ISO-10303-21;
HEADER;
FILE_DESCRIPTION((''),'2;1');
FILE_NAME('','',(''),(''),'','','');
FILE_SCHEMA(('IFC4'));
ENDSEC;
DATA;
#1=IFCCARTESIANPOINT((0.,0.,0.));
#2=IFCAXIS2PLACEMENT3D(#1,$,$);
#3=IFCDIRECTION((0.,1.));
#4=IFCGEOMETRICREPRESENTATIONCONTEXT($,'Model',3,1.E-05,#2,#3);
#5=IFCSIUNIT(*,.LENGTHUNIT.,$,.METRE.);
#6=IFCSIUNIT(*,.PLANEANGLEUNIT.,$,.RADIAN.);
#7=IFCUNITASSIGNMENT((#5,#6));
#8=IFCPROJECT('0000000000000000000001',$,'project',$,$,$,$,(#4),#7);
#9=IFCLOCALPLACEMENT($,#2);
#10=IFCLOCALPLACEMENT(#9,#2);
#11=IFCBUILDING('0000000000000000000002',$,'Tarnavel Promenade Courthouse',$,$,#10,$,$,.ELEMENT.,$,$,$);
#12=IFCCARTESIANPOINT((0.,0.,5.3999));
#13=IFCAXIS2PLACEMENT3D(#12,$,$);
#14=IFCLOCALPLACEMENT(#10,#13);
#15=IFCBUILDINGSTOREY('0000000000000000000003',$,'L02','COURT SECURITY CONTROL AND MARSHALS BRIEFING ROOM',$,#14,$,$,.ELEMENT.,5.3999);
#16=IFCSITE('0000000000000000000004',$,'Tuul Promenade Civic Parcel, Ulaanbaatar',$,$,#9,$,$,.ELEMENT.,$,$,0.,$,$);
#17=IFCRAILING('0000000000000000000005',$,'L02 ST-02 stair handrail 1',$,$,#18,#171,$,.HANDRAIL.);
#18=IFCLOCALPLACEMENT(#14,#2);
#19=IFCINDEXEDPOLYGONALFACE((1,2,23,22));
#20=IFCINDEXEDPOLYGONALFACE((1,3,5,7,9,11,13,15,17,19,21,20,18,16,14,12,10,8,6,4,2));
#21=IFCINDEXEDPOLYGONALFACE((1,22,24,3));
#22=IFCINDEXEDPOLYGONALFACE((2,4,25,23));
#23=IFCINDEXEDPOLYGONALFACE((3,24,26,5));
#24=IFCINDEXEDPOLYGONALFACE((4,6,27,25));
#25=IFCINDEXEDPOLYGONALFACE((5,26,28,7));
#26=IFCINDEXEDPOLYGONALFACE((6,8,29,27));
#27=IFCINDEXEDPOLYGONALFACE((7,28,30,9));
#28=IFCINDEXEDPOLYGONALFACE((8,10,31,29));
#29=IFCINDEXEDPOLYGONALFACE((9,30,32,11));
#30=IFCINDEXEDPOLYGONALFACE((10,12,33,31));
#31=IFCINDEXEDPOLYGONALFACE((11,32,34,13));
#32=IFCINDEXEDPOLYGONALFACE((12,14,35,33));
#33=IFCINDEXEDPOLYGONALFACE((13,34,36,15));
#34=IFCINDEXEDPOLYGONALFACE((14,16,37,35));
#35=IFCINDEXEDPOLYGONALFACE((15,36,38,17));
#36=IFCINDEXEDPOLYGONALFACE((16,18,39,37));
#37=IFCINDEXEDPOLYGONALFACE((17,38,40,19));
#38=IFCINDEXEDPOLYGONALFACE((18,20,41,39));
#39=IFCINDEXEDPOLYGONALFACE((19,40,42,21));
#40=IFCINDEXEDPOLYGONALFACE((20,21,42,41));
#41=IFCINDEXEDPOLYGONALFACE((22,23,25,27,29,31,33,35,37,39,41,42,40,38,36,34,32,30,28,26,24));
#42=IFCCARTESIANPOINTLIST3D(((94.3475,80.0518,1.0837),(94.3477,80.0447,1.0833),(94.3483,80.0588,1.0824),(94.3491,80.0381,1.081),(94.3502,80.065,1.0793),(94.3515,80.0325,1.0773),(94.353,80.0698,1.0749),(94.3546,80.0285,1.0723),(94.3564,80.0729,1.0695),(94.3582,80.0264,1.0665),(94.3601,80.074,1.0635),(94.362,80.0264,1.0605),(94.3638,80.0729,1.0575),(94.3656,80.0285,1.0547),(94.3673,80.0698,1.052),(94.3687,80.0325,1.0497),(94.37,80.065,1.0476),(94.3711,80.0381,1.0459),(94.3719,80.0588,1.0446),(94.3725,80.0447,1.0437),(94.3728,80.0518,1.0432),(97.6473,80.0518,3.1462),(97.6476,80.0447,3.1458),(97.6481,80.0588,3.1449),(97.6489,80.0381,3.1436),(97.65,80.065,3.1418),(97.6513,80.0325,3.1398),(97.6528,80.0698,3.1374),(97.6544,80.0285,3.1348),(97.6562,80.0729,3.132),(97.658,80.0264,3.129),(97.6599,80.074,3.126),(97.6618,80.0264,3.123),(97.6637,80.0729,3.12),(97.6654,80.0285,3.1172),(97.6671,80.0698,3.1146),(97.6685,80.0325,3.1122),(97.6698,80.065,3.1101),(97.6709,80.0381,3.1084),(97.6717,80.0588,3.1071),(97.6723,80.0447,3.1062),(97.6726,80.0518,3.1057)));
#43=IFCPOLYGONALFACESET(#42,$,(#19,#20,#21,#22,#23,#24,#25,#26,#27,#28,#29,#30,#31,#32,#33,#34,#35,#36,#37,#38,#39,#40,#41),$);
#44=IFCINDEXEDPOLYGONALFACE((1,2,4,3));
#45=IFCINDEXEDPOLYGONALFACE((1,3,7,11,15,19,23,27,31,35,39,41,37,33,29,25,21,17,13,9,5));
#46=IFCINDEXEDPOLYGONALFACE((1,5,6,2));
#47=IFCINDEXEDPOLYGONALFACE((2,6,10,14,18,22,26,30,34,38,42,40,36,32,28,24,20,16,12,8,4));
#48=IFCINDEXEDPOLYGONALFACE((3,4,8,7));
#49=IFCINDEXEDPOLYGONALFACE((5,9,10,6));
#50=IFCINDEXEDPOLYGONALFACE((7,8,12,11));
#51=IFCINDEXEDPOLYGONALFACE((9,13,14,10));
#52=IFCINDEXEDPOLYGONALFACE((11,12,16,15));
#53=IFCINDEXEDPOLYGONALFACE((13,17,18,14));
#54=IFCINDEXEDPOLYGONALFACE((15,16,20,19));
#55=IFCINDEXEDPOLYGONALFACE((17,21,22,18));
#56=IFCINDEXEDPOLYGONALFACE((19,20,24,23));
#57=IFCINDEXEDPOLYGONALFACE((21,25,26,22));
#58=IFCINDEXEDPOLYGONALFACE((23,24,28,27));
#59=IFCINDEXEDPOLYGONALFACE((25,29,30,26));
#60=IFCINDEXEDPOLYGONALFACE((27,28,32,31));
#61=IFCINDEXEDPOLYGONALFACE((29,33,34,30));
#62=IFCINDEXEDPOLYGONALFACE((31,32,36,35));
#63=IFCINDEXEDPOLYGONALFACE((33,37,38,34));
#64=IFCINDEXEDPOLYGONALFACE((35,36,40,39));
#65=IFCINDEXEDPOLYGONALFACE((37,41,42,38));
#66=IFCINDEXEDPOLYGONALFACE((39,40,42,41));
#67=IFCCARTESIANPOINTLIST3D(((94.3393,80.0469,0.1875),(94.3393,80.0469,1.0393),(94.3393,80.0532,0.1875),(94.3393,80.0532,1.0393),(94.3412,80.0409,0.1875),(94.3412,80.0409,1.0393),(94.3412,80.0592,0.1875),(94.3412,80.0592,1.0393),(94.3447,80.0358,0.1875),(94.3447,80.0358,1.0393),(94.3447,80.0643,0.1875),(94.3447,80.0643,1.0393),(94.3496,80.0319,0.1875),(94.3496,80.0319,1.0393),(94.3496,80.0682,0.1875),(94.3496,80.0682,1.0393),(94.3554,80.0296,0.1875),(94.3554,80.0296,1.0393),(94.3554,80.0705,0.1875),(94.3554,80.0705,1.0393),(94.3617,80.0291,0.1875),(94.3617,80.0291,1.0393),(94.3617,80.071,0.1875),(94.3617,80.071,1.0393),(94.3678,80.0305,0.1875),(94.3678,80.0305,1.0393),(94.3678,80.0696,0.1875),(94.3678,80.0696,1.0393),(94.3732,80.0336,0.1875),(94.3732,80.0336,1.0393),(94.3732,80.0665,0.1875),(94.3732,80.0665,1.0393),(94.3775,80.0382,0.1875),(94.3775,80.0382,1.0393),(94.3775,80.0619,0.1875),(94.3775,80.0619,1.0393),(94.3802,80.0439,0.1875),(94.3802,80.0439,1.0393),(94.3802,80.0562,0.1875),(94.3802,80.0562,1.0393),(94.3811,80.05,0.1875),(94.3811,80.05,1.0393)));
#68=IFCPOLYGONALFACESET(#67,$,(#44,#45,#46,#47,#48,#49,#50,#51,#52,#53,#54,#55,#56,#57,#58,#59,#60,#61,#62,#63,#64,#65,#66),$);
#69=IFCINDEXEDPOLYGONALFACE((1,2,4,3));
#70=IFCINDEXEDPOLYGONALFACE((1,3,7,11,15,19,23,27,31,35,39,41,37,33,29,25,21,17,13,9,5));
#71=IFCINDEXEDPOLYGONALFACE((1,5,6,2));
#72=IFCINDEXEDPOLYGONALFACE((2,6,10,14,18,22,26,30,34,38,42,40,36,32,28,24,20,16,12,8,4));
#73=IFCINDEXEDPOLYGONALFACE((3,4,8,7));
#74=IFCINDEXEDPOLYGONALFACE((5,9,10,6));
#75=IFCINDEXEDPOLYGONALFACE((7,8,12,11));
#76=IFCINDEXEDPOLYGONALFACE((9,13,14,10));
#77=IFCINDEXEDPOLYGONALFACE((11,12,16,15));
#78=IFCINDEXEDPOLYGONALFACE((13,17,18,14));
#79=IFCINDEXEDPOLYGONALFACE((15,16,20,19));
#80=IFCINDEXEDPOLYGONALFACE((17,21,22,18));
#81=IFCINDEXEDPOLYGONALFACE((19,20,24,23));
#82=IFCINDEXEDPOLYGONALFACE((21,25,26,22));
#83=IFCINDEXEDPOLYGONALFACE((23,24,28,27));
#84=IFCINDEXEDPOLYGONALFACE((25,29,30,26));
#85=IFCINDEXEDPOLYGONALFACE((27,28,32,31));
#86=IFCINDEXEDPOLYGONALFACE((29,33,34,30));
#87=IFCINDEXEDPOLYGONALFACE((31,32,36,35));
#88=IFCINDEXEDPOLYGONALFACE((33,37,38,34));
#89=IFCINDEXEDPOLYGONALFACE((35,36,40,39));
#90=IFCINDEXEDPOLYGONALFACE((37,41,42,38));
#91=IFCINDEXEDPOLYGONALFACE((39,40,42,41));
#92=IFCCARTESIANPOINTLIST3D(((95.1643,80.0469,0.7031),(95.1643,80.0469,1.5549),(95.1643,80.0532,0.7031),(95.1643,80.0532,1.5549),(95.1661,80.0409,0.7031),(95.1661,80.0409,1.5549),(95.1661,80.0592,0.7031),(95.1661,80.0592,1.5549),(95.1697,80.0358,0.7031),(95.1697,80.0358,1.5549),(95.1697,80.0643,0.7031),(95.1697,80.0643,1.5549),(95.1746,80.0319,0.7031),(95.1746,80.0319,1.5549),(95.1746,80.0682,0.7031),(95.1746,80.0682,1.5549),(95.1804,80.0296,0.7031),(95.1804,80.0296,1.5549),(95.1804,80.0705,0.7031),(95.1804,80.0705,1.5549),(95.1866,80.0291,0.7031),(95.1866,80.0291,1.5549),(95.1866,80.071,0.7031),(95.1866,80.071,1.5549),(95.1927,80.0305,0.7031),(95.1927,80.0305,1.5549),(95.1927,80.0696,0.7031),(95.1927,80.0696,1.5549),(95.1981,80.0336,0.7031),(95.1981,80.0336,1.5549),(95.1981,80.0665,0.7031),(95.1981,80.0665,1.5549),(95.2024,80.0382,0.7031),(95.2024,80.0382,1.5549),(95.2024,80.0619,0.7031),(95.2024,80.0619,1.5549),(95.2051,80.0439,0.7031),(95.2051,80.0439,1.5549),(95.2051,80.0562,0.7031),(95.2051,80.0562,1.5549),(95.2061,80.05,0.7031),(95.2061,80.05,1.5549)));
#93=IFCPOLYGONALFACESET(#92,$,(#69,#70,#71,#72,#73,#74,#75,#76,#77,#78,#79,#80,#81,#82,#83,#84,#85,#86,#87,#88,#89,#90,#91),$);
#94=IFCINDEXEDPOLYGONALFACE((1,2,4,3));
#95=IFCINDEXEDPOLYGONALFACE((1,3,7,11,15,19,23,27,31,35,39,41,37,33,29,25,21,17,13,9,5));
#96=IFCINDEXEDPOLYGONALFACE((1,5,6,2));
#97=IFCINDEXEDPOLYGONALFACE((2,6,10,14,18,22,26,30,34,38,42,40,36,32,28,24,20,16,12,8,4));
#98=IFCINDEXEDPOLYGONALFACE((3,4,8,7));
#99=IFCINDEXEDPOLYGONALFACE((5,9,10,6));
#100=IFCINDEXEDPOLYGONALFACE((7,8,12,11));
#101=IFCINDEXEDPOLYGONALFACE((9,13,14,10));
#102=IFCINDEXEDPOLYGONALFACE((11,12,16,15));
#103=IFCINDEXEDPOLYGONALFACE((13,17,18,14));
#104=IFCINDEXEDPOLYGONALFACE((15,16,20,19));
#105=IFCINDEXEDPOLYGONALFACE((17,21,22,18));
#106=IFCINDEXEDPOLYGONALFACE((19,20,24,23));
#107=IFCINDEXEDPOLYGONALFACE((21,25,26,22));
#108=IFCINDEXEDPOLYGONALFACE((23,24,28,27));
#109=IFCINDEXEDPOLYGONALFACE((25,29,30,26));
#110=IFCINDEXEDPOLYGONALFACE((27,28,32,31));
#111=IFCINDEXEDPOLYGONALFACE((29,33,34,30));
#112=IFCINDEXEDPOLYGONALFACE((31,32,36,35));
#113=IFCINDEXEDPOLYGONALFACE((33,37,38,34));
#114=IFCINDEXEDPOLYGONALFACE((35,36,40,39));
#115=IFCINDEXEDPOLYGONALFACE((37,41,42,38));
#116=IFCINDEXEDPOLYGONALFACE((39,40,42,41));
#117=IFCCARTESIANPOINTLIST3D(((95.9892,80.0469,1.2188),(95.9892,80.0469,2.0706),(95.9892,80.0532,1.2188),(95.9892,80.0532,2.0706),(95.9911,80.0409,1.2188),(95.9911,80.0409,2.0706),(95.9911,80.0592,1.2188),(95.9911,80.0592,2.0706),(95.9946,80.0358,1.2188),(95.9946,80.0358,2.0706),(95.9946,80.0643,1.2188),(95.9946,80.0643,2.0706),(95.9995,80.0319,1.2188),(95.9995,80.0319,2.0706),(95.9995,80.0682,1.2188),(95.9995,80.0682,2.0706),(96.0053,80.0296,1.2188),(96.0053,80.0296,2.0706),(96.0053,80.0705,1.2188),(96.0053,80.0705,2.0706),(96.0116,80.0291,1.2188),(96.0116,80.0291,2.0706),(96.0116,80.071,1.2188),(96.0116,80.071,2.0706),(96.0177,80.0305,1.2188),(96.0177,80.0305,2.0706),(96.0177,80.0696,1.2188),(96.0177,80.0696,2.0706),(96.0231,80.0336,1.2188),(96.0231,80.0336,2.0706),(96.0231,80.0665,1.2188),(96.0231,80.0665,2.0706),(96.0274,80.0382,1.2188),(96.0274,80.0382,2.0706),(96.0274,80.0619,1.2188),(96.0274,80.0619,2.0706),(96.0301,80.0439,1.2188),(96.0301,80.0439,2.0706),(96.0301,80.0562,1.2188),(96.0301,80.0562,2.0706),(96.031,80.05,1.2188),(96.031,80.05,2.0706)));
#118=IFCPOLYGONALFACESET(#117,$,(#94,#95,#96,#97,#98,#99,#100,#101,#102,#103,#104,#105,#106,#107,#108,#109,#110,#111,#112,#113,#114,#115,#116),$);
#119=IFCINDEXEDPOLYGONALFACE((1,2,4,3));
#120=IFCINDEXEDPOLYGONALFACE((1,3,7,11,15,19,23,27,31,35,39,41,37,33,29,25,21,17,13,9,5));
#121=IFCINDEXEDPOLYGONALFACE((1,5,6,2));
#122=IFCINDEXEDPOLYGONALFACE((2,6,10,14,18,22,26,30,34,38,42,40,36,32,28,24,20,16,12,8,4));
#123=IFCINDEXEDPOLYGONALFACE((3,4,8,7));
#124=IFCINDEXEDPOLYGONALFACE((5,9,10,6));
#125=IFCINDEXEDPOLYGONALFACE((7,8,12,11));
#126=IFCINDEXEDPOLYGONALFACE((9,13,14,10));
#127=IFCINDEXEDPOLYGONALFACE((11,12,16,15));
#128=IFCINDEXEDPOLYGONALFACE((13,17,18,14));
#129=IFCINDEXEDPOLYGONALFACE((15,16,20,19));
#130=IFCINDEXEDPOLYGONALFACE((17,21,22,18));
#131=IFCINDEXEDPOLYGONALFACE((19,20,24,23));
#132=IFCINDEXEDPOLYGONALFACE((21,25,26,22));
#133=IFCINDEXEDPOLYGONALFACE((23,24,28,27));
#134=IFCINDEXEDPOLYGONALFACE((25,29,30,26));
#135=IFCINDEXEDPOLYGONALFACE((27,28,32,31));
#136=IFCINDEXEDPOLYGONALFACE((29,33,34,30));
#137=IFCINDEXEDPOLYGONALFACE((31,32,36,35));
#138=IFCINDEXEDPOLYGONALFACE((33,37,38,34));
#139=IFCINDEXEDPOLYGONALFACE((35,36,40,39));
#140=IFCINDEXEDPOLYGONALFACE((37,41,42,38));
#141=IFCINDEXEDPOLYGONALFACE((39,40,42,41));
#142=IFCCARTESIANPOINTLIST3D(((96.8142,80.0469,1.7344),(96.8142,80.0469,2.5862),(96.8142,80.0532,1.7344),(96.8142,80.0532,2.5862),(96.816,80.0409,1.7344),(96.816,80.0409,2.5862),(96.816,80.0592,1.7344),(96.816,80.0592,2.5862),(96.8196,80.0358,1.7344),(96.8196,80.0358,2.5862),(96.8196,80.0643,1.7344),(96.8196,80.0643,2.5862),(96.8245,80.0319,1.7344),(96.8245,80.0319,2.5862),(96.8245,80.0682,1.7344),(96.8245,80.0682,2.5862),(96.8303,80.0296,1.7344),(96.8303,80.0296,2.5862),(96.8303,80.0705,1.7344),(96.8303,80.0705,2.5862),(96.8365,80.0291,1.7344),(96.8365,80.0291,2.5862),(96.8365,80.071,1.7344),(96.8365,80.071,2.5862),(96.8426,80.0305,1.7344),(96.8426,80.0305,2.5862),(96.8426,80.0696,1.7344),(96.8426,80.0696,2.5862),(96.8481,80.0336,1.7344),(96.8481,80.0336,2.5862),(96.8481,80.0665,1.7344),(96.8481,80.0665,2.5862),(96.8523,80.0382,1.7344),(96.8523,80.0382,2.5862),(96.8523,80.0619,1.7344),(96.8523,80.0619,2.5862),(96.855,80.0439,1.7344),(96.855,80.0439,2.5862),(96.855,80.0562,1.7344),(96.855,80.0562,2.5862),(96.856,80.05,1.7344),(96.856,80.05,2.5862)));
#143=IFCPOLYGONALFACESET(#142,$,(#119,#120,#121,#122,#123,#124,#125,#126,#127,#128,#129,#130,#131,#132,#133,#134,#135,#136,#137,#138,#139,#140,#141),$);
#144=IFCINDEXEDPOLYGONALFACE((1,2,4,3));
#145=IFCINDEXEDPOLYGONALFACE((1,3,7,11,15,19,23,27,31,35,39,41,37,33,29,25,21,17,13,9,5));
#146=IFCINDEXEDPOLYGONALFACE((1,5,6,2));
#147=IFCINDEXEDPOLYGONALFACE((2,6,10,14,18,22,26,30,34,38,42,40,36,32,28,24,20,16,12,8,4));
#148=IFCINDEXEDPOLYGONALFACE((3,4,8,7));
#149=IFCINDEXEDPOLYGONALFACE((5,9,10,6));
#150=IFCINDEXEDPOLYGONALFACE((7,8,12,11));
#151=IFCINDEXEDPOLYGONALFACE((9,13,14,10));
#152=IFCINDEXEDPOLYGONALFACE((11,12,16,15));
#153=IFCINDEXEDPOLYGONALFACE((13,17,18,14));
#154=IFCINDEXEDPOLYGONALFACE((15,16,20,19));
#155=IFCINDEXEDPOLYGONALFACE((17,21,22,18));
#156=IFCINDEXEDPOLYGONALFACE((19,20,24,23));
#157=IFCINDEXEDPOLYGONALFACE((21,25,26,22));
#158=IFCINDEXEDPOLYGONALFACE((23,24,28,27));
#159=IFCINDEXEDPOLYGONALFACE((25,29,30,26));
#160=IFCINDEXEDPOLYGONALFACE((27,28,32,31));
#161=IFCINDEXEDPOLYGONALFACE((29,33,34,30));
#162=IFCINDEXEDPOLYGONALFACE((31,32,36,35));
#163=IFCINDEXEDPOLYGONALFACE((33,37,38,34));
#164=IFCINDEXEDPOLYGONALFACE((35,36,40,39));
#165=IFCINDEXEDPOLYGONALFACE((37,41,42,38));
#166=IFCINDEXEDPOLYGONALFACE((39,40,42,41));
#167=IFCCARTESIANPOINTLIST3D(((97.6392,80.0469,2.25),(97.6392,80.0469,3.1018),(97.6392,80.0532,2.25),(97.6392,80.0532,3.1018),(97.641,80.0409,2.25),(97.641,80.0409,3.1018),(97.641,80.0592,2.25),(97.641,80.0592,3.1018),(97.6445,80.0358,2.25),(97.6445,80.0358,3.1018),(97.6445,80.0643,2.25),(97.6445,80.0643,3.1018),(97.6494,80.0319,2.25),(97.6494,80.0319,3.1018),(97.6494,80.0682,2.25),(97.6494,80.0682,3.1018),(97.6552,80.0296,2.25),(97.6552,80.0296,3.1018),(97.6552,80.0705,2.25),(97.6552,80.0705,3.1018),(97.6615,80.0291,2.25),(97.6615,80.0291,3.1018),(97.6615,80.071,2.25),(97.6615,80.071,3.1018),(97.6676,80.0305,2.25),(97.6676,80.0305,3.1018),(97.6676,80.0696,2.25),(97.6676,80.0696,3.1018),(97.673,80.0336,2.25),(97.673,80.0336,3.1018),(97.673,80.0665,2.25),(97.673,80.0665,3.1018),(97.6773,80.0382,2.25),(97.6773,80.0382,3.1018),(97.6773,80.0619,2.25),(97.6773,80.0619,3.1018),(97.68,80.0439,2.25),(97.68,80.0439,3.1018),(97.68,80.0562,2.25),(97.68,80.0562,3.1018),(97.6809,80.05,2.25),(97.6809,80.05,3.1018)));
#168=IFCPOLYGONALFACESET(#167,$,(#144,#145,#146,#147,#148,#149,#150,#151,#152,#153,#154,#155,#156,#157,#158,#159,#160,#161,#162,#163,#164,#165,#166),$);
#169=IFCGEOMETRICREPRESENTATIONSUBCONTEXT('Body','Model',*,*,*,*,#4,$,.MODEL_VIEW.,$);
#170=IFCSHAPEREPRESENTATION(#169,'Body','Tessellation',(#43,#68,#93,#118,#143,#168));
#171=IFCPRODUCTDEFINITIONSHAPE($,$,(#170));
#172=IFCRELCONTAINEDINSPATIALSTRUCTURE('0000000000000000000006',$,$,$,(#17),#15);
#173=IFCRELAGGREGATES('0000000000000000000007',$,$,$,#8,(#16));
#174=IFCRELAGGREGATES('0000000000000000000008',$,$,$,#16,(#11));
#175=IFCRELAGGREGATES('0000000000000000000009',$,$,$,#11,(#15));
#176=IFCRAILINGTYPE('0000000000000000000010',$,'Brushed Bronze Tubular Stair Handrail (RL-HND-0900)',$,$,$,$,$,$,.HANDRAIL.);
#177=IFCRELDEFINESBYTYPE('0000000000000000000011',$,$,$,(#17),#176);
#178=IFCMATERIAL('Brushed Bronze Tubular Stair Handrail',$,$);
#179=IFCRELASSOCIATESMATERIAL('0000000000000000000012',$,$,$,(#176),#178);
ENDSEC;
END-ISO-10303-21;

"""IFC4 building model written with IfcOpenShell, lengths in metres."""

from ifc_helpers import new_model, si_unit, direction, frame, origin, origin_2d, place, context, subcontext, project, spatial, circle, extrude, material, type_object, element, save


model = new_model("IFC4")

# Units and contexts
model_context = context("Model", 3, precision=1e-05, world=origin(), true_north=direction((0.0, 1.0)))
body_context = subcontext(model_context, "Body", "Model", "MODEL_VIEW")
ifc_project = project(units=[si_unit("LENGTHUNIT", "METRE"), si_unit("PLANEANGLEUNIT", "RADIAN")], contexts=[model_context])

# Site, building, storey
site_placement = place(None, origin())
site = spatial("IfcSite", under=ifc_project, at=site_placement, Name="Tuul Promenade Civic Parcel, Ulaanbaatar", CompositionType="ELEMENT", RefElevation=0.0)
building_placement = place(site_placement, origin())
building = spatial("IfcBuilding", under=site, at=building_placement, Name="Tarnavel Promenade Courthouse", CompositionType="ELEMENT")
storey_placement = place(building_placement, frame((0.0, 0.0, 5.3999)))
storey = spatial("IfcBuildingStorey", under=building, at=storey_placement, Name="L02", Description="COURT SECURITY CONTROL AND MARSHALS BRIEFING ROOM", CompositionType="ELEMENT", Elevation=5.3999)

# Railing
ifc_material_1 = material(Name="Brushed Bronze Tubular Stair Handrail")
railing_type_1 = type_object("IfcRailingType", Name="Brushed Bronze Tubular Stair Handrail (RL-HND-0900)", PredefinedType="HANDRAIL", material=ifc_material_1)
railing_1_placement = place(storey_placement, frame((94.3601, 80.05, 0.1875)))
element("IfcRailing", 1, at=railing_1_placement, inside=storey, type_object=railing_type_1, Name="L02 ST-02 stair handrail 1", PredefinedType="HANDRAIL", context=body_context, shape_type="SweptSolid", body=[
    extrude(circle(Radius=0.0239, at=origin_2d()), frame((0.0, 0.0, 0.876), z_axis=(0.847984, 0.0, 0.530021), x_axis=(0.0, 1.0, 0.0)), (0.0, 0.0, 1.0), 3.8914),
    extrude(circle(Radius=0.021, at=origin_2d()), origin(), (0.0, 0.0, 1.0), 0.8518),
    extrude(circle(Radius=0.021, at=origin_2d()), frame((0.825, 0.0, 0.5156)), (0.0, 0.0, 1.0), 0.8518),
    extrude(circle(Radius=0.021, at=origin_2d()), frame((1.6499, 0.0, 1.0312)), (0.0, 0.0, 1.0), 0.8518),
    extrude(circle(Radius=0.021, at=origin_2d()), frame((2.4749, 0.0, 1.5469)), (0.0, 0.0, 1.0), 0.8518),
    extrude(circle(Radius=0.021, at=origin_2d()), frame((3.2998, 0.0, 2.0625)), (0.0, 0.0, 1.0), 0.8518),
])

save(model, "model.ifc")
